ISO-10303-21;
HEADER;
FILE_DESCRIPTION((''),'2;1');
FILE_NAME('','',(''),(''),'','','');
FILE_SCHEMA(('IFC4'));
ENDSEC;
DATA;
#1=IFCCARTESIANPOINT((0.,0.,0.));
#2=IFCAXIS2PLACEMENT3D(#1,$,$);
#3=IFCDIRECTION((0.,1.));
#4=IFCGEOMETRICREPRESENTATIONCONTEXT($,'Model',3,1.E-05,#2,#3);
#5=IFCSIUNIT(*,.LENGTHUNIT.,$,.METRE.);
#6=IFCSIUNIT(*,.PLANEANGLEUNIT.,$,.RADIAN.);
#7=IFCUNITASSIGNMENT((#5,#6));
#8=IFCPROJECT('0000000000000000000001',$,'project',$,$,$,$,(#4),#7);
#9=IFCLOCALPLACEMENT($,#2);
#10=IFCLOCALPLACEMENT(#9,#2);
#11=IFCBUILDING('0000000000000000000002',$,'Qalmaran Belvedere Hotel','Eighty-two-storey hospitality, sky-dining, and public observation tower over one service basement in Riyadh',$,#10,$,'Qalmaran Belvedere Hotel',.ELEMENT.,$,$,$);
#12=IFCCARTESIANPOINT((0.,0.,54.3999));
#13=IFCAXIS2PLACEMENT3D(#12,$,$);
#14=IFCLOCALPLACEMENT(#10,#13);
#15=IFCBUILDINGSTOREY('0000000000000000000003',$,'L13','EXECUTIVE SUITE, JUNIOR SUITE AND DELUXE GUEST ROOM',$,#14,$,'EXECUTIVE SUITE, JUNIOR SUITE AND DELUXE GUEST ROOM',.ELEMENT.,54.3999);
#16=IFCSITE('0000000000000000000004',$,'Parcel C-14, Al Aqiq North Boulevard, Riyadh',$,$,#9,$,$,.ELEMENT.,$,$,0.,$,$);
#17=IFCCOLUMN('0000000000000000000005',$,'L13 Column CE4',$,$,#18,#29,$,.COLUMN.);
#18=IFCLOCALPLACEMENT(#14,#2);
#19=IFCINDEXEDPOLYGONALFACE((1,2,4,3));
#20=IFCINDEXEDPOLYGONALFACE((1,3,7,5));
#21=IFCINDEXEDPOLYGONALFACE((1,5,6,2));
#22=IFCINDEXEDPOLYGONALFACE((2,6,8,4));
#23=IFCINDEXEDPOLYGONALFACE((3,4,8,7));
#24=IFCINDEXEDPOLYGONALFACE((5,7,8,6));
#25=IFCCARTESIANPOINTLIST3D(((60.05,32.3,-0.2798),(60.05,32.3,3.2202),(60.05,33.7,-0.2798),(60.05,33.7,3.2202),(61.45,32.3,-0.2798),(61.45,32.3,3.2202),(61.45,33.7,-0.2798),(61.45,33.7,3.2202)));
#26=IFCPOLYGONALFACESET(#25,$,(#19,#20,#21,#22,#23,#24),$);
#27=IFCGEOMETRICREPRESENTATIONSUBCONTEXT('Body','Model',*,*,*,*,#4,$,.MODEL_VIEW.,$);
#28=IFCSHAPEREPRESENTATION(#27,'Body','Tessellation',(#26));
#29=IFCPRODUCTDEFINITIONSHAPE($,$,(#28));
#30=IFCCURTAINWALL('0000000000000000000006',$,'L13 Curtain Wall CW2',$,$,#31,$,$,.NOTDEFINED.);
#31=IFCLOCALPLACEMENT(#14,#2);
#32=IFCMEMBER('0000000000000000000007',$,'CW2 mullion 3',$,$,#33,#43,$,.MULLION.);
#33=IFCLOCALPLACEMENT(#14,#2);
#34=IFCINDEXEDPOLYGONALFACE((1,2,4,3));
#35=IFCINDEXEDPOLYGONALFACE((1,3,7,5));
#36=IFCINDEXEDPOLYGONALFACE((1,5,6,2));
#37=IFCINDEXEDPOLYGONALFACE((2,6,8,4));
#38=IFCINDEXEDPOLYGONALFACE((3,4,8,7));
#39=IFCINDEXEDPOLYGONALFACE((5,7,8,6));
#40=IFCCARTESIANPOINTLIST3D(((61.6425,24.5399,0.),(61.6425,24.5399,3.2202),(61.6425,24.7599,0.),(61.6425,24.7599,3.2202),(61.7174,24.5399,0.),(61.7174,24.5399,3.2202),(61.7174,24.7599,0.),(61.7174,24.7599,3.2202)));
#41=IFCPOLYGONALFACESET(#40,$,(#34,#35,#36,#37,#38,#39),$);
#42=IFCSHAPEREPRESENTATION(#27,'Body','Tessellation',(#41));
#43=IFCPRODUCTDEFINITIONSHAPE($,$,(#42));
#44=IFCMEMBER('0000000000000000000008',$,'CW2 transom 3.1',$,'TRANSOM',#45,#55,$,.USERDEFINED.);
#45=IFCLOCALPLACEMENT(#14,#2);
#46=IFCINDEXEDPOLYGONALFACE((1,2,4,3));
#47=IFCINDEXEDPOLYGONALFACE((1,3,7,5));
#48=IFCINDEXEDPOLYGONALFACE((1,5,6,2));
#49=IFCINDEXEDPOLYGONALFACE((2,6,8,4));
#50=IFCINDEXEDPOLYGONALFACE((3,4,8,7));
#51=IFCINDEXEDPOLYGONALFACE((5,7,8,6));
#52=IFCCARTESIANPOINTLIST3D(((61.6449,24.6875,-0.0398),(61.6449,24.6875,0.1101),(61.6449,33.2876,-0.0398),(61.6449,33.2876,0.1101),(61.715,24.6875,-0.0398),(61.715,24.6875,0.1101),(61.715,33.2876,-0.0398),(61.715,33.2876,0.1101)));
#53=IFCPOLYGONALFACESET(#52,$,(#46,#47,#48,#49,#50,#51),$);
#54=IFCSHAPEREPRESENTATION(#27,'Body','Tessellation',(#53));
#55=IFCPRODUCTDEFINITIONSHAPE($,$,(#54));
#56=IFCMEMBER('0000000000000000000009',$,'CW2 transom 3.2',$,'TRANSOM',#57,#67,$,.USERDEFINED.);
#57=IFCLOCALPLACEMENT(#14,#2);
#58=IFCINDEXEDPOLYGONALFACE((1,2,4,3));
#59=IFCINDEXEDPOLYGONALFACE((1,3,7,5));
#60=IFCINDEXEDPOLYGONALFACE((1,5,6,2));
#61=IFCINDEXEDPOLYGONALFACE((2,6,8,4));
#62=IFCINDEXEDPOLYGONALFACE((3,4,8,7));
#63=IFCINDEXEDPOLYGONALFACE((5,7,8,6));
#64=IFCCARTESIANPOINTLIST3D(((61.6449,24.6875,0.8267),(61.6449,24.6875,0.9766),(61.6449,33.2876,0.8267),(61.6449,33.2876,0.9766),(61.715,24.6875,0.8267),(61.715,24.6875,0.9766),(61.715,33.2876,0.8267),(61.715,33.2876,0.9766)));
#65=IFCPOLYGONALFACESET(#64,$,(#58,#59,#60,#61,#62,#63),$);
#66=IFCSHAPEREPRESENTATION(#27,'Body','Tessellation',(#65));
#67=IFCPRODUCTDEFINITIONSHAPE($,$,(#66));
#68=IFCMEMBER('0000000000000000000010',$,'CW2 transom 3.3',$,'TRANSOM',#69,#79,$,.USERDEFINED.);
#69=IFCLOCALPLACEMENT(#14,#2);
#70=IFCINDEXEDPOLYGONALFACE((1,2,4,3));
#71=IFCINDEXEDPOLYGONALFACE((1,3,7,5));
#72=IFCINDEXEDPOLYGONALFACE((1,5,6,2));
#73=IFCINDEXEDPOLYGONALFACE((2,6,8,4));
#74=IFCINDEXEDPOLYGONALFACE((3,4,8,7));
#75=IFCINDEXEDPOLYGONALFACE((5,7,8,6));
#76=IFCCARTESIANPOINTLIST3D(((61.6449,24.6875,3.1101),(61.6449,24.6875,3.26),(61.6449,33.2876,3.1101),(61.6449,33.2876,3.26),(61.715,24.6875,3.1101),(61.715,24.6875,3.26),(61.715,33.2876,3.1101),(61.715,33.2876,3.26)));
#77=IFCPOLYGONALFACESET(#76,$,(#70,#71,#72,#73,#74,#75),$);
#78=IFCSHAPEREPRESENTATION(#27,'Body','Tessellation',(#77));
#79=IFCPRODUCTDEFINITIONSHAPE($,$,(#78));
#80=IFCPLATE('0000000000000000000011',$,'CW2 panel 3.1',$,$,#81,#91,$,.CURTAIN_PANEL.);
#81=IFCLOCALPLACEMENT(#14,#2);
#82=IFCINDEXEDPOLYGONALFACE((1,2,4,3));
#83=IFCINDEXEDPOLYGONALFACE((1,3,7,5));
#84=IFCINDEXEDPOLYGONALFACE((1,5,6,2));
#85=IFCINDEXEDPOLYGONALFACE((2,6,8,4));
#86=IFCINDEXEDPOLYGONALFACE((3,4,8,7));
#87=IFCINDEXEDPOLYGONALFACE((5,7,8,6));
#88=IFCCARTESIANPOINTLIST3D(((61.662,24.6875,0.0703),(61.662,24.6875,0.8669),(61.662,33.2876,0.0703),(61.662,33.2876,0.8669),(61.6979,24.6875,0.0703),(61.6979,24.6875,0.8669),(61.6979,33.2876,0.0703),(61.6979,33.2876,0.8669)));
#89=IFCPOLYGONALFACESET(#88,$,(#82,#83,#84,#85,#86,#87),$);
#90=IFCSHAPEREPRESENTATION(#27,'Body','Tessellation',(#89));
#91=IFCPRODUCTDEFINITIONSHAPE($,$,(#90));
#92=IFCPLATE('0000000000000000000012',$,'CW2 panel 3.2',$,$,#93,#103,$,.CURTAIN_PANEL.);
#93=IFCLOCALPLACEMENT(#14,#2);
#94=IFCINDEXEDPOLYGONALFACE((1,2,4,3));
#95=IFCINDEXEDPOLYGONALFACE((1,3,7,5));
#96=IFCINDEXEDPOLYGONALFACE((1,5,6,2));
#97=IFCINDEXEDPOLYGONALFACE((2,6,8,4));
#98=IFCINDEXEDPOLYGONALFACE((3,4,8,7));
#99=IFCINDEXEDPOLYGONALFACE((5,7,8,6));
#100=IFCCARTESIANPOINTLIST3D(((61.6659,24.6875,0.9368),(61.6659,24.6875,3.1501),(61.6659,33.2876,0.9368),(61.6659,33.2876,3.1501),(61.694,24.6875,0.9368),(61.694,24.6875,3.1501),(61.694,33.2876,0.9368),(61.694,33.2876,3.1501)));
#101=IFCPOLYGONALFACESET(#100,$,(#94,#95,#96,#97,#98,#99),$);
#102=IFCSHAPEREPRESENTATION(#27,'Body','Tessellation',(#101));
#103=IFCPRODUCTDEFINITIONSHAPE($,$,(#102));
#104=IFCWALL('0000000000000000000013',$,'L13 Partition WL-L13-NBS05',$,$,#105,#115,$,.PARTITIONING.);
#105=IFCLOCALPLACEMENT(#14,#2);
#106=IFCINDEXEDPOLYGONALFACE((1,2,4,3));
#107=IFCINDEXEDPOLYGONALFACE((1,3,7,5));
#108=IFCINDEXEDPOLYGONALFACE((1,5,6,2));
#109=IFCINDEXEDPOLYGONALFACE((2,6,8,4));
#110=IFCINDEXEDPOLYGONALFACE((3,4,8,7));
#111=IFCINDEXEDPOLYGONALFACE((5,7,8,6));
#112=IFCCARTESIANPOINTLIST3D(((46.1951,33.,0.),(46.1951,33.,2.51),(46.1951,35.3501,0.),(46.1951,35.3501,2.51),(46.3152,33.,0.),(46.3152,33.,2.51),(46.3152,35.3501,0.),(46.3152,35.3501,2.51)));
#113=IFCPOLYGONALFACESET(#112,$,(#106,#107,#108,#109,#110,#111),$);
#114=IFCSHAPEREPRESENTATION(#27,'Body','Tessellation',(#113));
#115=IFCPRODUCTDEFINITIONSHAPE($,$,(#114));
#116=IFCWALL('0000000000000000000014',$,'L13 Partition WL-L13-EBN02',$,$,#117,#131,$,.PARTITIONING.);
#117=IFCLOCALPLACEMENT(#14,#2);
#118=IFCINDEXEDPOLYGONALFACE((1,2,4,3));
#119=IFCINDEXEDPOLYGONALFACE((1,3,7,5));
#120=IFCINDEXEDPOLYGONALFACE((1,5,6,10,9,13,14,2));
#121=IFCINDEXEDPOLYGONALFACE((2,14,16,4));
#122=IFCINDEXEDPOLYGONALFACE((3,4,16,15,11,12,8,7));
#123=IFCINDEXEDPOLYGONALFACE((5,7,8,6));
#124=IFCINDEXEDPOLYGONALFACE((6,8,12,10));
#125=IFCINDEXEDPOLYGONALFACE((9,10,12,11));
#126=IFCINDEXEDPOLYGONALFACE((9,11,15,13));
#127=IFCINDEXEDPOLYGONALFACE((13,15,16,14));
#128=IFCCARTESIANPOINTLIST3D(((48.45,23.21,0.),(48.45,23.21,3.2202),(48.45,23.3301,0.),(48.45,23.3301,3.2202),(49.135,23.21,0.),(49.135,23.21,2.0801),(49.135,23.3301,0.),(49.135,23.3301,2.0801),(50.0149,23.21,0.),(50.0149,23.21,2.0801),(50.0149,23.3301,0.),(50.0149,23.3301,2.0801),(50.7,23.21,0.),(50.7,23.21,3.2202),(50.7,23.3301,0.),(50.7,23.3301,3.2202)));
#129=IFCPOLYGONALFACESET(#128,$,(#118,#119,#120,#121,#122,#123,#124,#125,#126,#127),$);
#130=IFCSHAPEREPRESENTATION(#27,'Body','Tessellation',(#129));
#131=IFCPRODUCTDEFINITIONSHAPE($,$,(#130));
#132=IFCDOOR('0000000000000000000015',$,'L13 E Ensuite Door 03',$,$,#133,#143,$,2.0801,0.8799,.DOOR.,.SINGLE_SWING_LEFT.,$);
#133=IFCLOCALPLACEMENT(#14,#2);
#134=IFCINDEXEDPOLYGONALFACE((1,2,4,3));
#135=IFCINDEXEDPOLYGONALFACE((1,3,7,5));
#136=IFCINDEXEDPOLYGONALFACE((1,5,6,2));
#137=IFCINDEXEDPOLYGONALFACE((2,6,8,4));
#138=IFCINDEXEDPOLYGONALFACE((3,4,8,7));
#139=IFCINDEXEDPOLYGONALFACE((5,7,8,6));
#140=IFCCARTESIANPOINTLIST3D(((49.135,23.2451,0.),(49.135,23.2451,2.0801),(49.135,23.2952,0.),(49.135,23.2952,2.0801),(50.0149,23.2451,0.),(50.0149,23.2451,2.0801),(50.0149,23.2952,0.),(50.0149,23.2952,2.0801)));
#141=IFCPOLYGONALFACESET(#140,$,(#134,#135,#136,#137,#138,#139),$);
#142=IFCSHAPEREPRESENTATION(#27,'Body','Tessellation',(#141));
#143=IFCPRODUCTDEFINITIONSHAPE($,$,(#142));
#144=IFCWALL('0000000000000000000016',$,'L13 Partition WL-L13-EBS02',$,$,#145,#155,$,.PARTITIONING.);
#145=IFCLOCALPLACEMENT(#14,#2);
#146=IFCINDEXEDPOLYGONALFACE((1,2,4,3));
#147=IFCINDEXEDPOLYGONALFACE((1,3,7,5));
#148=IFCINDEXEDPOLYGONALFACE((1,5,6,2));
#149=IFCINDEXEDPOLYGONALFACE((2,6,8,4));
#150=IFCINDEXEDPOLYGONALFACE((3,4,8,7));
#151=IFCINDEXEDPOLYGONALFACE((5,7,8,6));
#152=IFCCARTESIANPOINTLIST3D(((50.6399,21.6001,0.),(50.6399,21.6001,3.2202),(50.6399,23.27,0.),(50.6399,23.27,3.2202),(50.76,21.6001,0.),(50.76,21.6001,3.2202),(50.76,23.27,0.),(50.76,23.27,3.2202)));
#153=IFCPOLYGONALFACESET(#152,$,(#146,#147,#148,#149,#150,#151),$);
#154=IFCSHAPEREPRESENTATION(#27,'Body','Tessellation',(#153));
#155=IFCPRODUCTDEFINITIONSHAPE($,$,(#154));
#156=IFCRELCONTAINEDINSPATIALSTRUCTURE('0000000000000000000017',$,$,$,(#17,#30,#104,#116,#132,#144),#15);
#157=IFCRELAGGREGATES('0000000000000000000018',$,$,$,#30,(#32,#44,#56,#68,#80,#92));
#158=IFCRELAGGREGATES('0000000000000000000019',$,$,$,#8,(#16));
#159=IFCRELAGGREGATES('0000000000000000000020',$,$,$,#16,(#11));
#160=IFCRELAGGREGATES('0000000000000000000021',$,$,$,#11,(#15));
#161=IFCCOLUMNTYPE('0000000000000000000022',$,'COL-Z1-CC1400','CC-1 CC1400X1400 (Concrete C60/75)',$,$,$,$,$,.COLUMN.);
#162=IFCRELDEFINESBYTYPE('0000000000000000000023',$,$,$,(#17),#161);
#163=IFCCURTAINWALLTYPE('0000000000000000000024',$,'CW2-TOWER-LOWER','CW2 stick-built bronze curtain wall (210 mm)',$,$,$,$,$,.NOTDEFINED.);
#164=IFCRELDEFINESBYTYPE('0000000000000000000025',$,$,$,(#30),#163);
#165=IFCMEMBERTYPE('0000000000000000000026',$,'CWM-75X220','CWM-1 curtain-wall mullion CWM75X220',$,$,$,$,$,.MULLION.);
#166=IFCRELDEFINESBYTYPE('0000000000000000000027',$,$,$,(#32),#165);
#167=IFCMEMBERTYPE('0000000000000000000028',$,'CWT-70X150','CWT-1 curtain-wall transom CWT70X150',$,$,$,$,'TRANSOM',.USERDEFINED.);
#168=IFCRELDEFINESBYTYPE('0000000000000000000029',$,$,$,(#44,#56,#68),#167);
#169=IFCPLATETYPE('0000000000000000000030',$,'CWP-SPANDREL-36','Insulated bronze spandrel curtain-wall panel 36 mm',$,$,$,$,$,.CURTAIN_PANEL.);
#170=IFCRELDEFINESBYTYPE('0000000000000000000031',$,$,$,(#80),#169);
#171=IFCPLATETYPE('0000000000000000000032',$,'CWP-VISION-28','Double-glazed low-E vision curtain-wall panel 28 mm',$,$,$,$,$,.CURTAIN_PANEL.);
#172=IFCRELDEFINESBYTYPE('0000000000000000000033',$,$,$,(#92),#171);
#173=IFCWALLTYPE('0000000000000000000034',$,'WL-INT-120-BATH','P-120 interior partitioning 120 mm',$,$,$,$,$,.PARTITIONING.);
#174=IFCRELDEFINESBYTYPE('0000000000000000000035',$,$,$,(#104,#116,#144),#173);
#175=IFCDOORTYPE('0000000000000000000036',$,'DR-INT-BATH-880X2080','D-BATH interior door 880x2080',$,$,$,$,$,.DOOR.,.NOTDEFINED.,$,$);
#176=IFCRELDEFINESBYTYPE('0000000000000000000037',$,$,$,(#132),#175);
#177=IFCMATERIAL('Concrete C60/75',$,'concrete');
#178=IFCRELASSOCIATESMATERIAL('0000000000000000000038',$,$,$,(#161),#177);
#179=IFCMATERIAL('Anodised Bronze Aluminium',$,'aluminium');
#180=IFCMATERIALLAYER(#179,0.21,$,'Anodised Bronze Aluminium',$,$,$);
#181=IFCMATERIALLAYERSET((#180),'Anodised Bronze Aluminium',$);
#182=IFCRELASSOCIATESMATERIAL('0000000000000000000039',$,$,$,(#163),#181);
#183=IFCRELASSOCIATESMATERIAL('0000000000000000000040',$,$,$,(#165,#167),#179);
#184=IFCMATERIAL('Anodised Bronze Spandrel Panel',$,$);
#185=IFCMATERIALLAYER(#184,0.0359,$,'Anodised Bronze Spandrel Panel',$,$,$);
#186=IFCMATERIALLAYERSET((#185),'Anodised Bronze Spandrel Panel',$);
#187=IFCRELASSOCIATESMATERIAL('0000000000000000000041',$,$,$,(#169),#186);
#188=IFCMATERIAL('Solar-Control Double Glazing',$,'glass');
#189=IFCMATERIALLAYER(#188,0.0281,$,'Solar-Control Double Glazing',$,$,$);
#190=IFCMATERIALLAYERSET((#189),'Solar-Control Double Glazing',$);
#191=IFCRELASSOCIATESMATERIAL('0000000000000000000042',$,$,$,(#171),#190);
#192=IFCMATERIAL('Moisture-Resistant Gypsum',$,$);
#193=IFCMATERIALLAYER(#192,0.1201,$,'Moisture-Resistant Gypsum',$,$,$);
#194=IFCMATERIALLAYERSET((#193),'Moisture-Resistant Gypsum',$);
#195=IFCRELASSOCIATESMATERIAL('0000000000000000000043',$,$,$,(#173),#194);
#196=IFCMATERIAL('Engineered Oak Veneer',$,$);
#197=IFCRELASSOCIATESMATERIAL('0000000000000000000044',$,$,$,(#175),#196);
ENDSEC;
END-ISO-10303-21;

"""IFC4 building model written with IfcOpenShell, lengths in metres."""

from ifc_helpers import new_model, si_unit, direction, frame, frame_2d, origin, origin_2d, place, context, subcontext, project, spatial, rectangle, extrude, material, layer, layer_set, material_profile, profile_set, type_object, element, fill, aggregate, save


model = new_model("IFC4")

# Units and contexts
model_context = context("Model", 3, precision=1e-05, world=origin(), true_north=direction((0.0, 1.0)))
body_context = subcontext(model_context, "Body", "Model", "MODEL_VIEW")
ifc_project = project(units=[si_unit("LENGTHUNIT", "METRE"), si_unit("PLANEANGLEUNIT", "RADIAN")], contexts=[model_context])

# Site, building, storey
site_placement = place(None, origin())
site = spatial("IfcSite", under=ifc_project, at=site_placement, Name="Parcel C-14, Al Aqiq North Boulevard, Riyadh", CompositionType="ELEMENT", RefElevation=0.0)
building_placement = place(site_placement, origin())
building = spatial("IfcBuilding", under=site, at=building_placement, Name="Qalmaran Belvedere Hotel", Description="Eighty-two-storey hospitality, sky-dining, and public observation tower over one service basement in Riyadh", LongName="Qalmaran Belvedere Hotel", CompositionType="ELEMENT")
storey_placement = place(building_placement, frame((0.0, 0.0, 54.3999)))
storey = spatial("IfcBuildingStorey", under=building, at=storey_placement, Name="L13", Description="EXECUTIVE SUITE, JUNIOR SUITE AND DELUXE GUEST ROOM", LongName="EXECUTIVE SUITE, JUNIOR SUITE AND DELUXE GUEST ROOM", CompositionType="ELEMENT", Elevation=54.3999)

# Column
ifc_material_1 = material(Name="Concrete C60/75", Category="concrete")
ifc_material_profile_1 = material_profile(ifc_material_1, rectangle(XDim=1.3999, YDim=1.3999, at=origin_2d()), Name="CC1400X1400")
ifc_profile_set_1 = profile_set([ifc_material_profile_1], Name="Concrete C60/75")
column_type = type_object("IfcColumnType", Name="COL-Z1-CC1400", Description="CC-1 CC1400X1400 (Concrete C60/75)", PredefinedType="COLUMN", material=ifc_profile_set_1)
column_placement = place(storey_placement, frame((60.75, 33.0, -0.2798), z_axis=(0.0, 0.0, 1.0), x_axis=(1.0, 0.0, 0.0)))
element("IfcColumn", 1, at=column_placement, inside=storey, type_object=column_type, Name="L13 Column CE4", PredefinedType="COLUMN", context=body_context, shape_type="SweptSolid", body=[
    extrude(rectangle(XDim=1.3999, YDim=1.3999, at=origin_2d()), origin(), (0.0, 0.0, 1.0), 3.5),
])

# Curtain wall, members, plates
ifc_material_2 = material(Name="Anodised Bronze Aluminium", Category="aluminium")
ifc_layer_1 = layer(ifc_material_2, 0.21, Name="Anodised Bronze Aluminium")
ifc_layer_set_1 = layer_set([ifc_layer_1], Name="Anodised Bronze Aluminium")
curtain_wall_type = type_object("IfcCurtainWallType", Name="CW2-TOWER-LOWER", Description="CW2 stick-built bronze curtain wall (210 mm)", PredefinedType="NOTDEFINED", material=ifc_layer_set_1)
curtain_wall_placement = place(storey_placement, origin())
curtain_wall = element("IfcCurtainWall", 2, at=curtain_wall_placement, inside=storey, type_object=curtain_wall_type, Name="L13 Curtain Wall CW2", PredefinedType="NOTDEFINED")
ifc_material_profile_2 = material_profile(ifc_material_2, rectangle(XDim=0.075, YDim=0.22, at=origin_2d()), Name="CWM75X220")
ifc_profile_set_2 = profile_set([ifc_material_profile_2], Name="Anodised Bronze Aluminium")
member_type_1 = type_object("IfcMemberType", Name="CWM-75X220", Description="CWM-1 curtain-wall mullion CWM75X220", PredefinedType="MULLION", material=ifc_profile_set_2)
member_1_placement = place(storey_placement, frame((61.6799, 24.6499, 0.0), z_axis=(0.0, 0.0, 1.0), x_axis=(-1.0, 0.0, 0.0)))
member_1 = element("IfcMember", 3, at=member_1_placement, type_object=member_type_1, Name="CW2 mullion 3", PredefinedType="MULLION", context=body_context, shape_type="SweptSolid", body=[
    extrude(rectangle(XDim=0.075, YDim=0.22, at=origin_2d()), origin(), (0.0, 0.0, 1.0), 3.2202),
])
ifc_material_profile_3 = material_profile(ifc_material_2, rectangle(XDim=0.0701, YDim=0.1499, at=origin_2d()), Name="CWT70X150")
ifc_profile_set_3 = profile_set([ifc_material_profile_3], Name="Anodised Bronze Aluminium")
member_type_2 = type_object("IfcMemberType", Name="CWT-70X150", Description="CWT-1 curtain-wall transom CWT70X150", ElementType="TRANSOM", PredefinedType="USERDEFINED", material=ifc_profile_set_3)
member_2_placement = place(storey_placement, frame((61.6799, 24.6875, 0.0352), z_axis=(0.0, 1.0, 0.0), x_axis=(-1.0, 0.0, 0.0)))
member_2 = element("IfcMember", 4, at=member_2_placement, type_object=member_type_2, Name="CW2 transom 3.1", ObjectType="TRANSOM", PredefinedType="USERDEFINED", context=body_context, shape_type="SweptSolid", body=[
    extrude(rectangle(XDim=0.0701, YDim=0.1499, at=origin_2d()), origin(), (0.0, 0.0, 1.0), 8.6001),
])
member_3_placement = place(storey_placement, frame((61.6799, 24.6875, 0.9016), z_axis=(0.0, 1.0, 0.0), x_axis=(-1.0, 0.0, 0.0)))
member_3 = element("IfcMember", 5, at=member_3_placement, type_object=member_type_2, Name="CW2 transom 3.2", ObjectType="TRANSOM", PredefinedType="USERDEFINED", context=body_context, shape_type="SweptSolid", body=[
    extrude(rectangle(XDim=0.0701, YDim=0.1499, at=origin_2d()), origin(), (0.0, 0.0, 1.0), 8.6001),
])
member_4_placement = place(storey_placement, frame((61.6799, 24.6875, 3.1851), z_axis=(0.0, 1.0, 0.0), x_axis=(-1.0, 0.0, 0.0)))
member_4 = element("IfcMember", 6, at=member_4_placement, type_object=member_type_2, Name="CW2 transom 3.3", ObjectType="TRANSOM", PredefinedType="USERDEFINED", context=body_context, shape_type="SweptSolid", body=[
    extrude(rectangle(XDim=0.0701, YDim=0.1499, at=origin_2d()), origin(), (0.0, 0.0, 1.0), 8.6001),
])
ifc_material_3 = material(Name="Anodised Bronze Spandrel Panel")
ifc_layer_2 = layer(ifc_material_3, 0.0359, Name="Anodised Bronze Spandrel Panel")
ifc_layer_set_2 = layer_set([ifc_layer_2], Name="Anodised Bronze Spandrel Panel")
plate_type_1 = type_object("IfcPlateType", Name="CWP-SPANDREL-36", Description="Insulated bronze spandrel curtain-wall panel 36 mm", PredefinedType="CURTAIN_PANEL", material=ifc_layer_set_2)
plate_1_placement = place(storey_placement, frame((61.6799, 28.9875, 0.0703), z_axis=(0.0, 0.0, 1.0), x_axis=(0.0, 1.0, 0.0)))
plate_1 = element("IfcPlate", 7, at=plate_1_placement, type_object=plate_type_1, Name="CW2 panel 3.1", PredefinedType="CURTAIN_PANEL", context=body_context, shape_type="SweptSolid", body=[
    extrude(rectangle(XDim=8.6001, YDim=0.0359, at=origin_2d()), origin(), (0.0, 0.0, 1.0), 0.7966),
])
ifc_material_4 = material(Name="Solar-Control Double Glazing", Category="glass")
ifc_layer_3 = layer(ifc_material_4, 0.0281, Name="Solar-Control Double Glazing")
ifc_layer_set_3 = layer_set([ifc_layer_3], Name="Solar-Control Double Glazing")
plate_type_2 = type_object("IfcPlateType", Name="CWP-VISION-28", Description="Double-glazed low-E vision curtain-wall panel 28 mm", PredefinedType="CURTAIN_PANEL", material=ifc_layer_set_3)
plate_2_placement = place(storey_placement, frame((61.6799, 28.9875, 0.9368), z_axis=(0.0, 0.0, 1.0), x_axis=(0.0, 1.0, 0.0)))
plate_2 = element("IfcPlate", 8, at=plate_2_placement, type_object=plate_type_2, Name="CW2 panel 3.2", PredefinedType="CURTAIN_PANEL", context=body_context, shape_type="SweptSolid", body=[
    extrude(rectangle(XDim=8.6001, YDim=0.0281, at=origin_2d()), origin(), (0.0, 0.0, 1.0), 2.2134),
])
aggregate(curtain_wall, [member_1, member_2, member_3, member_4, plate_1, plate_2])

# Wall
ifc_material_5 = material(Name="Moisture-Resistant Gypsum")
ifc_layer_4 = layer(ifc_material_5, 0.1201, Name="Moisture-Resistant Gypsum")
ifc_layer_set_4 = layer_set([ifc_layer_4], Name="Moisture-Resistant Gypsum")
wall_type_1 = type_object("IfcWallType", Name="WL-INT-120-BATH", Description="P-120 interior partitioning 120 mm", PredefinedType="PARTITIONING", material=ifc_layer_set_4)
wall_1_placement = place(storey_placement, frame((46.2551, 33.0, 0.0), z_axis=(0.0, 0.0, 1.0), x_axis=(0.0, 1.0, 0.0)))
element("IfcWall", 9, at=wall_1_placement, inside=storey, type_object=wall_type_1, Name="L13 Partition WL-L13-NBS05", PredefinedType="PARTITIONING", context=body_context, shape_type="SweptSolid", body=[
    extrude(rectangle(XDim=2.3501, YDim=0.1201, at=frame_2d((1.175, 0.0))), origin(), (0.0, 0.0, 1.0), 2.51),
])

# Wall, opening, door
wall_2_placement = place(storey_placement, frame((48.45, 23.27, 0.0), z_axis=(0.0, 0.0, 1.0), x_axis=(1.0, 0.0, 0.0)))
wall_2 = element("IfcWall", 10, at=wall_2_placement, inside=storey, type_object=wall_type_1, Name="L13 Partition WL-L13-EBN02", PredefinedType="PARTITIONING", context=body_context, shape_type="SweptSolid", body=[
    extrude(rectangle(XDim=2.25, YDim=0.1201, at=frame_2d((1.125, 0.0))), origin(), (0.0, 0.0, 1.0), 3.2202),
])
opening_1_placement = place(wall_2_placement, frame((1.5649, 0.0, 0.0), z_axis=(0.0, 0.0, 1.0), x_axis=(-1.0, 0.0, 0.0)))
opening_1 = element("IfcOpeningElement", 11, at=opening_1_placement, cuts=wall_2, PredefinedType="OPENING", context=body_context, shape_type="SweptSolid", body=[
    extrude(rectangle(XDim=0.8799, YDim=2.0801, at=frame_2d((0.4399, 1.04))), frame((0.0, 0.0701, 0.0), z_axis=(0.0, -1.0, 0.0), x_axis=(1.0, 0.0, 0.0)), (0.0, 0.0, 1.0), 0.1401),
])
ifc_material_6 = material(Name="Engineered Oak Veneer")
door_type_1 = type_object("IfcDoorType", Name="DR-INT-BATH-880X2080", Description="D-BATH interior door 880x2080", OperationType="NOTDEFINED", PredefinedType="DOOR", material=ifc_material_6)
door_1_placement = place(opening_1_placement, origin())
door_1 = element("IfcDoor", 12, at=door_1_placement, inside=storey, type_object=door_type_1, Name="L13 E Ensuite Door 03", OperationType="SINGLE_SWING_LEFT", OverallHeight=2.0801, OverallWidth=0.8799, PredefinedType="DOOR", context=body_context, shape_type="SweptSolid", body=[
    extrude(rectangle(XDim=0.8799, YDim=2.0801, at=frame_2d((0.4399, 1.04))), frame((0.0, 0.0249, 0.0), z_axis=(0.0, -1.0, 0.0), x_axis=(1.0, 0.0, 0.0)), (0.0, 0.0, 1.0), 0.05),
])
fill(opening_1, door_1)

# Wall
wall_3_placement = place(storey_placement, frame((50.7, 21.6001, 0.0), z_axis=(0.0, 0.0, 1.0), x_axis=(0.0, 1.0, 0.0)))
element("IfcWall", 13, at=wall_3_placement, inside=storey, type_object=wall_type_1, Name="L13 Partition WL-L13-EBS02", PredefinedType="PARTITIONING", context=body_context, shape_type="SweptSolid", body=[
    extrude(rectangle(XDim=1.6699, YDim=0.1201, at=frame_2d((0.835, 0.0))), origin(), (0.0, 0.0, 1.0), 3.2202),
])

save(model, "model.ifc")
